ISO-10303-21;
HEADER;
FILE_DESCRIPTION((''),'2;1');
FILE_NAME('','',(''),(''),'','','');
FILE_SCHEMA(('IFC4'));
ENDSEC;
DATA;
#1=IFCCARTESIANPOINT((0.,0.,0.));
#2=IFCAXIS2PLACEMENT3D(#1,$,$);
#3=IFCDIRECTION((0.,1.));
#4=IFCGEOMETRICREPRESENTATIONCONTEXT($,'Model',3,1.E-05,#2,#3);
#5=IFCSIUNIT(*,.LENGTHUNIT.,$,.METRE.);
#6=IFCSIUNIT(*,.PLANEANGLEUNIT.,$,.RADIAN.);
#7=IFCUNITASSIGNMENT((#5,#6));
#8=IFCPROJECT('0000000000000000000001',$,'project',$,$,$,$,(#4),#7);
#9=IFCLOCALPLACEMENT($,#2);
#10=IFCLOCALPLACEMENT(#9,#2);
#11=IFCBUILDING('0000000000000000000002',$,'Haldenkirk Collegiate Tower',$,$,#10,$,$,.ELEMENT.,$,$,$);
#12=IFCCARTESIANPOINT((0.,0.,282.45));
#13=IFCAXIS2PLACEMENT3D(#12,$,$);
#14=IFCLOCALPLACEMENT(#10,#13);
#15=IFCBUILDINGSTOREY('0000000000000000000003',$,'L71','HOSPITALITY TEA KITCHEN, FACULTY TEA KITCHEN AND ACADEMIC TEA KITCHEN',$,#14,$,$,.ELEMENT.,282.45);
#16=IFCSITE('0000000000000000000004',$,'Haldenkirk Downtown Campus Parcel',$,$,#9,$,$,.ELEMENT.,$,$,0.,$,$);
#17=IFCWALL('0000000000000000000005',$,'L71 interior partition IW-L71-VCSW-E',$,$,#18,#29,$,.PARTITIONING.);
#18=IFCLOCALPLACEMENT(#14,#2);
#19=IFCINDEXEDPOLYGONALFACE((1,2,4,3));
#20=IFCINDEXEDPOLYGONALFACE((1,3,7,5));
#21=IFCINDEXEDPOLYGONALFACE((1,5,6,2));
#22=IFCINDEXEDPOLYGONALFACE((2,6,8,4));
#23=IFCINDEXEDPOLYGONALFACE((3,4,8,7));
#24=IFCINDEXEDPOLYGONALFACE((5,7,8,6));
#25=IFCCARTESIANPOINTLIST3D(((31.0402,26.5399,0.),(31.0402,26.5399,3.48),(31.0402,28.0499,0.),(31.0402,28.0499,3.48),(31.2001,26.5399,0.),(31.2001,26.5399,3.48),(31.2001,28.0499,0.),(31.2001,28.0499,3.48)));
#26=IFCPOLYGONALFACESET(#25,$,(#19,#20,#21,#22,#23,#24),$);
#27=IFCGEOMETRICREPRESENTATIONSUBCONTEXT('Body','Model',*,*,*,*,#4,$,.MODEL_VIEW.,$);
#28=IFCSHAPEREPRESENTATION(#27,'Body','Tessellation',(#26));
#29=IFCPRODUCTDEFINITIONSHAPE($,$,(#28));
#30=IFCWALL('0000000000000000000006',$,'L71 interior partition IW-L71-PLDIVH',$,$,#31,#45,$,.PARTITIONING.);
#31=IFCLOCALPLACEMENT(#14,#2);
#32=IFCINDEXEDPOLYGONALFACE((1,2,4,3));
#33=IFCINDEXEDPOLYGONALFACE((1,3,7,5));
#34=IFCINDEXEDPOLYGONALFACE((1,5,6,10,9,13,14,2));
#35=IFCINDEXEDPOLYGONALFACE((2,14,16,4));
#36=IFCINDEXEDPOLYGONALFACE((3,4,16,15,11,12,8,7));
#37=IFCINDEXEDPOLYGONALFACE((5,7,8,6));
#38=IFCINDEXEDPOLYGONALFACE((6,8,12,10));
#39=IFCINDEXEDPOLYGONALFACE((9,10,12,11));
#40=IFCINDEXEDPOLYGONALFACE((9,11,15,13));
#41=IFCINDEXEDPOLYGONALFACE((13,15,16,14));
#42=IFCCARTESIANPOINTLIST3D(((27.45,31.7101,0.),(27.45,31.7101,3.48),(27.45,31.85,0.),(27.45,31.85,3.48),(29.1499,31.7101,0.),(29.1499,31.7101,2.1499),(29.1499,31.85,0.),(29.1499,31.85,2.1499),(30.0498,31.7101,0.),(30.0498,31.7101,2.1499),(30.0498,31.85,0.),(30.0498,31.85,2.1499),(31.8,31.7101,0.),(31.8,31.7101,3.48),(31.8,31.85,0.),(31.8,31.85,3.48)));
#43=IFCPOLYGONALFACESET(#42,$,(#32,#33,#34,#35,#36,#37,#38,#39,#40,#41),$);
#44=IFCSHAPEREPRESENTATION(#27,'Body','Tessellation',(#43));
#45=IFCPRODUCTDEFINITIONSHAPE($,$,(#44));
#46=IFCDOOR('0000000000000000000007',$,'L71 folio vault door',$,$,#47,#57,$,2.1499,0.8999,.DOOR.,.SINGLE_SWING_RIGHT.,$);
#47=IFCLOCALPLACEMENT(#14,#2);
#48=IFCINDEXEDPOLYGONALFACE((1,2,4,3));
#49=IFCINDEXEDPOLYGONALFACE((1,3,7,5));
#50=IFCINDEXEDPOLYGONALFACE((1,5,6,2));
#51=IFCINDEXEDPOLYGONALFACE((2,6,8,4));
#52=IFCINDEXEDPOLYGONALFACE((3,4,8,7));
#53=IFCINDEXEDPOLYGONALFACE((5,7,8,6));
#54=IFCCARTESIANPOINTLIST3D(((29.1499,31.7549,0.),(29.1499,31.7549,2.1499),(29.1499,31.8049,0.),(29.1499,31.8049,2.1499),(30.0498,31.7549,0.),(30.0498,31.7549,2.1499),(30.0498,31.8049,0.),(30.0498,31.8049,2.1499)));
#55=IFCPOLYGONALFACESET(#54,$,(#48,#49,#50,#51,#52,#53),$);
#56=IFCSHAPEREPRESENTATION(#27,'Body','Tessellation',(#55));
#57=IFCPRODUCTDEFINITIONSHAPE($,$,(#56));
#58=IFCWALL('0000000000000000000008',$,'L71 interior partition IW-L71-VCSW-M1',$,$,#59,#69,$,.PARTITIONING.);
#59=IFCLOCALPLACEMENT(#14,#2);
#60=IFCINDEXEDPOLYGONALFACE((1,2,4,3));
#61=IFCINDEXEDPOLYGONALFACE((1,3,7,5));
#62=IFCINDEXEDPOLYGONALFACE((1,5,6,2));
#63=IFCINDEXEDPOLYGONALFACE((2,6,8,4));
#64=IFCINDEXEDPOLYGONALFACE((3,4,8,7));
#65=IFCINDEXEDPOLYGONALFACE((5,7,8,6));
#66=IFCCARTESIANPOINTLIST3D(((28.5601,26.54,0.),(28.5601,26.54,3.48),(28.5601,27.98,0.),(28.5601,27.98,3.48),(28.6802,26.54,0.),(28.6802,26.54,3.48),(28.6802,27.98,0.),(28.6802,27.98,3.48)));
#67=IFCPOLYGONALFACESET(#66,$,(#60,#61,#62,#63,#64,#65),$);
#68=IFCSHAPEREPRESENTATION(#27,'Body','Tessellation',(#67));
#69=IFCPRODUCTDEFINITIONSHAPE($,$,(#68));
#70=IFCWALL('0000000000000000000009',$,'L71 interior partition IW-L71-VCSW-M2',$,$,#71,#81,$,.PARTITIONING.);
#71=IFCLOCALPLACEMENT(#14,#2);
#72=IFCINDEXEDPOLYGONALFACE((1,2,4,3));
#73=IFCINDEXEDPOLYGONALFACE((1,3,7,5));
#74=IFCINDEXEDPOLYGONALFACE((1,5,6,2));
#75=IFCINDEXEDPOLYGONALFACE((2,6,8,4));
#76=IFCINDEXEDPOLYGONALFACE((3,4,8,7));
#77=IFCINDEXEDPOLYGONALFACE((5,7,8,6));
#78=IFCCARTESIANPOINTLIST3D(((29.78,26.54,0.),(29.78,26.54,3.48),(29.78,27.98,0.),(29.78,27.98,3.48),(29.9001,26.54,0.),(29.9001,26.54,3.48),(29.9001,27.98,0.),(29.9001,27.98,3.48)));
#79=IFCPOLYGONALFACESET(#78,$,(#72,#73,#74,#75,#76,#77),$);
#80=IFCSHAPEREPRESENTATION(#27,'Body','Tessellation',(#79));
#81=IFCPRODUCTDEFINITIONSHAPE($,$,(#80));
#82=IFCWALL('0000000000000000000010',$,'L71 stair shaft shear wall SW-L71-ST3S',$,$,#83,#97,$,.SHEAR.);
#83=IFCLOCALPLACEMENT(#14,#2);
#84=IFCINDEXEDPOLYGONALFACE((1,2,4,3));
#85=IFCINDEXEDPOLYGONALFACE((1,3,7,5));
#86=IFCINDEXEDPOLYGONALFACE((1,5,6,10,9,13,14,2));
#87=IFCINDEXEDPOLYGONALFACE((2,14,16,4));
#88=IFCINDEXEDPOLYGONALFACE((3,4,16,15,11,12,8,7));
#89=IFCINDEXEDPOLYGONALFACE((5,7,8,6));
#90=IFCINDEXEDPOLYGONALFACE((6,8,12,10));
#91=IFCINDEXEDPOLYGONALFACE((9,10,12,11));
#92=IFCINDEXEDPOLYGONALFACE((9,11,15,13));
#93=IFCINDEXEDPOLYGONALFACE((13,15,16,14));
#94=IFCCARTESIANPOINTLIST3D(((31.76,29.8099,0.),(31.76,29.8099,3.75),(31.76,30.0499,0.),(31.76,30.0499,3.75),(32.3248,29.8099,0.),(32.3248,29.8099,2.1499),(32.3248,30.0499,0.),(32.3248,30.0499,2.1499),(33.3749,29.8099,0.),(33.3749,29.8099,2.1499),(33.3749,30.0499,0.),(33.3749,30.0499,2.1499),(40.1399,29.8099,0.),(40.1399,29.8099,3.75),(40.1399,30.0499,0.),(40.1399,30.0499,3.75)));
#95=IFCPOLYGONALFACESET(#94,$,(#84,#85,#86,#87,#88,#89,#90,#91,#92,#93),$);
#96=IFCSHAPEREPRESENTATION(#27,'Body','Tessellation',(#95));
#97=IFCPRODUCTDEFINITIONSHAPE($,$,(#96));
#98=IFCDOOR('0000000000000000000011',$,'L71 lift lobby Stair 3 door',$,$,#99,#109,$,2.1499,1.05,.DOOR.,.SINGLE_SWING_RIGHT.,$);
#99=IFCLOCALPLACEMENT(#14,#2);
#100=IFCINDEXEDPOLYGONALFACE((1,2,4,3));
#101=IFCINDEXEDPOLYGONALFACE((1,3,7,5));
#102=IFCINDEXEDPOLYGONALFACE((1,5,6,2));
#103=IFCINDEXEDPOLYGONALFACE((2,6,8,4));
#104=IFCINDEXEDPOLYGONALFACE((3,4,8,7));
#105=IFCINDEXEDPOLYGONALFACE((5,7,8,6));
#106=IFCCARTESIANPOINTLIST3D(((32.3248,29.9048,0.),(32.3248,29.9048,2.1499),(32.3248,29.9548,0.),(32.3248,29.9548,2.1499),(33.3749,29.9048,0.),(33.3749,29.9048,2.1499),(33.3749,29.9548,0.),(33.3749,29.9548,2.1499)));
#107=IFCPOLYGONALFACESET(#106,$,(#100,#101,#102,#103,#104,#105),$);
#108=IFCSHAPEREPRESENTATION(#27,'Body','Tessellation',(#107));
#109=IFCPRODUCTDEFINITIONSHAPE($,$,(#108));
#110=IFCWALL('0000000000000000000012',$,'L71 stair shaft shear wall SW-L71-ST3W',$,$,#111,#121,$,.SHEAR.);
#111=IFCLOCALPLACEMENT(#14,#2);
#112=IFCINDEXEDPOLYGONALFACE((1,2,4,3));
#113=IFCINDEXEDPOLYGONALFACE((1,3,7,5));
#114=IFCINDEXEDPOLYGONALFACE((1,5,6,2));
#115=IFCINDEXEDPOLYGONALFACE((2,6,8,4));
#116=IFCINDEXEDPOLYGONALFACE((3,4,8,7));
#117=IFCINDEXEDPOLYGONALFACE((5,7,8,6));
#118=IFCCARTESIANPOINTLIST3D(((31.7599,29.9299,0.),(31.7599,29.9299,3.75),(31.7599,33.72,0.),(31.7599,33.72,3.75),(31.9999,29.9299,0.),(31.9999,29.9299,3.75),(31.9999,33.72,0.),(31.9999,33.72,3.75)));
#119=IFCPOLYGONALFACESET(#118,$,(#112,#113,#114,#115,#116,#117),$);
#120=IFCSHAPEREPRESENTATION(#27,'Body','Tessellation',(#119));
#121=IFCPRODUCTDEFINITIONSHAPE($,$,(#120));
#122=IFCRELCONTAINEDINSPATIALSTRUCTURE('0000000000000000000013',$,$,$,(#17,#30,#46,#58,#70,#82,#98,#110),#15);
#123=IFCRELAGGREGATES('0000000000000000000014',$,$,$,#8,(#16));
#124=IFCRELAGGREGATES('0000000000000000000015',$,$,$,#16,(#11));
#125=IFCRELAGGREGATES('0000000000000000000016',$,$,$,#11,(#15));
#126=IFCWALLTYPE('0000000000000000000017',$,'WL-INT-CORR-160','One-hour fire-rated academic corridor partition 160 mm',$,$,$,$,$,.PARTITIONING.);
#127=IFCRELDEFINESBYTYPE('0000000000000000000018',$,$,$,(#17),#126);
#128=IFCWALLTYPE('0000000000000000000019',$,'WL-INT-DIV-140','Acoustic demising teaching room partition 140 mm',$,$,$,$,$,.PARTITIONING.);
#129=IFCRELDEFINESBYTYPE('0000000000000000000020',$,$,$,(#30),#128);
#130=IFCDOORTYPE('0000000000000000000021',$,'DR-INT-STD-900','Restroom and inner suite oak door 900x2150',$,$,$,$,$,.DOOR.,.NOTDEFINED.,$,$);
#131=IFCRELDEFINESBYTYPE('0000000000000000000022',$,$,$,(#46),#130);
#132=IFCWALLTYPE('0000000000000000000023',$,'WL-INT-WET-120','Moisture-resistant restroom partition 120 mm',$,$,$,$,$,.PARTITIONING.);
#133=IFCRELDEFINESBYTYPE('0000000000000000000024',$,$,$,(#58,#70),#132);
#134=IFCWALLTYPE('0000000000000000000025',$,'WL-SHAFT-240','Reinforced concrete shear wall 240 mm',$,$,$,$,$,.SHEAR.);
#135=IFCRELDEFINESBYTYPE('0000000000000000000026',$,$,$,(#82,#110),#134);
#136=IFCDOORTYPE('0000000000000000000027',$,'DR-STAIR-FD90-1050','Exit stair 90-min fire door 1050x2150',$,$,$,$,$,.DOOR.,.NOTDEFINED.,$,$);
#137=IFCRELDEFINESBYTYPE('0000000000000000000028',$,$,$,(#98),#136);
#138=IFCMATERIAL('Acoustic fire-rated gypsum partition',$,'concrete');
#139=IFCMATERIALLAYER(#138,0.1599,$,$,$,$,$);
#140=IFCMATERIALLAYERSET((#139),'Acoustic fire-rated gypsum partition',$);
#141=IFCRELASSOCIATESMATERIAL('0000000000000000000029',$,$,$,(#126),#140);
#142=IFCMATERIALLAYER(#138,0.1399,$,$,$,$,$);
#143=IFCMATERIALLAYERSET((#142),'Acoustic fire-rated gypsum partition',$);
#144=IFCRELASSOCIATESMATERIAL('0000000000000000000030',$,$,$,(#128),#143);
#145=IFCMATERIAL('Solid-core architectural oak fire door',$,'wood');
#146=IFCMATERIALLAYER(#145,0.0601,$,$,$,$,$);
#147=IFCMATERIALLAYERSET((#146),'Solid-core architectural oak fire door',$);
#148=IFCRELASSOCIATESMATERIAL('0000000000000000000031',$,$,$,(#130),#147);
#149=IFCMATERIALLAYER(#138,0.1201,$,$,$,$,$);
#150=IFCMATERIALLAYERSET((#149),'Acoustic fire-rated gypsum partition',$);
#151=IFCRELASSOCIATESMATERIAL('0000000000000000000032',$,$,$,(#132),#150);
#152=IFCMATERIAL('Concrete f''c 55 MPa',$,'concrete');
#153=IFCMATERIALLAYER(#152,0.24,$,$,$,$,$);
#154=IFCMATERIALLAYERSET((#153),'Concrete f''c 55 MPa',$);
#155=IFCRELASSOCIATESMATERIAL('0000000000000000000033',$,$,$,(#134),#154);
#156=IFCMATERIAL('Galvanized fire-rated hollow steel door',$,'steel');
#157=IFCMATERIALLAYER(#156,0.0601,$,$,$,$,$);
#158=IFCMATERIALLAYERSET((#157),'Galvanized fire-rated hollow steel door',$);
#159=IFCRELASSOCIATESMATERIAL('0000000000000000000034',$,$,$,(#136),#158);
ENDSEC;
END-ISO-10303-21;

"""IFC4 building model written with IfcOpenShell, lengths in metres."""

from ifc_helpers import new_model, si_unit, direction, frame, frame_2d, origin, place, context, subcontext, project, spatial, rectangle, extrude, material, layer, layer_set, type_object, element, fill, save


model = new_model("IFC4")

# Units and contexts
model_context = context("Model", 3, precision=1e-05, world=origin(), true_north=direction((0.0, 1.0)))
body_context = subcontext(model_context, "Body", "Model", "MODEL_VIEW")
ifc_project = project(units=[si_unit("LENGTHUNIT", "METRE"), si_unit("PLANEANGLEUNIT", "RADIAN")], contexts=[model_context])

# Site, building, storey
site_placement = place(None, origin())
site = spatial("IfcSite", under=ifc_project, at=site_placement, Name="Haldenkirk Downtown Campus Parcel", CompositionType="ELEMENT", RefElevation=0.0)
building_placement = place(site_placement, origin())
building = spatial("IfcBuilding", under=site, at=building_placement, Name="Haldenkirk Collegiate Tower", CompositionType="ELEMENT")
storey_placement = place(building_placement, frame((0.0, 0.0, 282.45)))
storey = spatial("IfcBuildingStorey", under=building, at=storey_placement, Name="L71", Description="HOSPITALITY TEA KITCHEN, FACULTY TEA KITCHEN AND ACADEMIC TEA KITCHEN", CompositionType="ELEMENT", Elevation=282.45)

# Shared definitions
ifc_material_1 = material(Name="Acoustic fire-rated gypsum partition", Category="concrete")
ifc_layer_1 = layer(ifc_material_1, 0.1599)
ifc_layer_set_1 = layer_set([ifc_layer_1], Name="Acoustic fire-rated gypsum partition")
wall_type_1 = type_object("IfcWallType", Name="WL-INT-CORR-160", Description="One-hour fire-rated academic corridor partition 160 mm", PredefinedType="PARTITIONING", material=ifc_layer_set_1)
ifc_material_2 = material(Name="Solid-core architectural oak fire door", Category="wood")

# Wall
wall_1_placement = place(storey_placement, frame((31.1201, 26.54, 0.0), z_axis=(0.0, 0.0, 1.0), x_axis=(0.0, 1.0, 0.0)))
element("IfcWall", 1, at=wall_1_placement, inside=storey, type_object=wall_type_1, Name="L71 interior partition IW-L71-VCSW-E", PredefinedType="PARTITIONING", context=body_context, shape_type="SweptSolid", body=[
    extrude(rectangle(XDim=1.51, YDim=0.1599, at=frame_2d((0.7549, 0.0))), origin(), (0.0, 0.0, 1.0), 3.48),
])

# Wall, opening, door
ifc_layer_2 = layer(ifc_material_1, 0.1399)
ifc_layer_set_2 = layer_set([ifc_layer_2], Name="Acoustic fire-rated gypsum partition")
wall_type_2 = type_object("IfcWallType", Name="WL-INT-DIV-140", Description="Acoustic demising teaching room partition 140 mm", PredefinedType="PARTITIONING", material=ifc_layer_set_2)
wall_2_placement = place(storey_placement, frame((27.45, 31.78, 0.0), z_axis=(0.0, 0.0, 1.0), x_axis=(1.0, 0.0, 0.0)))
wall_2 = element("IfcWall", 2, at=wall_2_placement, inside=storey, type_object=wall_type_2, Name="L71 interior partition IW-L71-PLDIVH", PredefinedType="PARTITIONING", context=body_context, shape_type="SweptSolid", body=[
    extrude(rectangle(XDim=4.3501, YDim=0.1399, at=frame_2d((2.175, 0.0))), origin(), (0.0, 0.0, 1.0), 3.48),
])
opening_1_placement = place(wall_2_placement, frame((1.7, 0.0, 0.0)))
opening_1 = element("IfcOpeningElement", 3, at=opening_1_placement, cuts=wall_2, PredefinedType="OPENING", context=body_context, shape_type="SweptSolid", body=[
    extrude(rectangle(XDim=0.8999, YDim=2.1499, at=frame_2d((0.45, 1.075))), frame((0.0, 0.0798, 0.0), z_axis=(0.0, -1.0, 0.0), x_axis=(1.0, 0.0, 0.0)), (0.0, 0.0, 1.0), 0.1599),
])
ifc_layer_3 = layer(ifc_material_2, 0.0601)
ifc_layer_set_3 = layer_set([ifc_layer_3], Name="Solid-core architectural oak fire door")
door_type_1 = type_object("IfcDoorType", Name="DR-INT-STD-900", Description="Restroom and inner suite oak door 900x2150", OperationType="NOTDEFINED", PredefinedType="DOOR", material=ifc_layer_set_3)
door_1_placement = place(opening_1_placement, origin())
door_1 = element("IfcDoor", 4, at=door_1_placement, inside=storey, type_object=door_type_1, Name="L71 folio vault door", OperationType="SINGLE_SWING_RIGHT", OverallHeight=2.1499, OverallWidth=0.8999, PredefinedType="DOOR", context=body_context, shape_type="SweptSolid", body=[
    extrude(rectangle(XDim=0.8999, YDim=2.1499, at=frame_2d((0.45, 1.075))), frame((0.0, 0.0249, 0.0), z_axis=(0.0, -1.0, 0.0), x_axis=(1.0, 0.0, 0.0)), (0.0, 0.0, 1.0), 0.05),
])
fill(opening_1, door_1)

# Walls
ifc_layer_4 = layer(ifc_material_1, 0.1201)
ifc_layer_set_4 = layer_set([ifc_layer_4], Name="Acoustic fire-rated gypsum partition")
wall_type_3 = type_object("IfcWallType", Name="WL-INT-WET-120", Description="Moisture-resistant restroom partition 120 mm", PredefinedType="PARTITIONING", material=ifc_layer_set_4)
for number, where, z_axis, x_axis, name in (
    (5, (28.6201, 26.54, 0.0), (0.0, 0.0, 1.0), (0.0, 1.0, 0.0), "L71 interior partition IW-L71-VCSW-M1"),
    (6, (29.8401, 26.54, 0.0), (0.0, 0.0, 1.0), (0.0, 1.0, 0.0), "L71 interior partition IW-L71-VCSW-M2"),
):
    element("IfcWall", number, at=place(storey_placement, frame(where, z_axis=z_axis, x_axis=x_axis)), inside=storey, type_object=wall_type_3, Name=name, PredefinedType="PARTITIONING", context=body_context, shape_type="SweptSolid", body=[
        extrude(rectangle(XDim=1.4399, YDim=0.1201, at=frame_2d((0.72, 0.0))), origin(), (0.0, 0.0, 1.0), 3.48),
    ])

# Wall, opening, door
ifc_material_3 = material(Name="Concrete f'c 55 MPa", Category="concrete")
ifc_layer_5 = layer(ifc_material_3, 0.24)
ifc_layer_set_5 = layer_set([ifc_layer_5], Name="Concrete f'c 55 MPa")
wall_type_4 = type_object("IfcWallType", Name="WL-SHAFT-240", Description="Reinforced concrete shear wall 240 mm", PredefinedType="SHEAR", material=ifc_layer_set_5)
wall_3_placement = place(storey_placement, frame((31.76, 29.9299, 0.0), z_axis=(0.0, 0.0, 1.0), x_axis=(1.0, 0.0, 0.0)))
wall_3 = element("IfcWall", 7, at=wall_3_placement, inside=storey, type_object=wall_type_4, Name="L71 stair shaft shear wall SW-L71-ST3S", PredefinedType="SHEAR", context=body_context, shape_type="SweptSolid", body=[
    extrude(rectangle(XDim=8.3799, YDim=0.24, at=frame_2d((4.1899, 0.0))), origin(), (0.0, 0.0, 1.0), 3.75),
])
opening_2_placement = place(wall_3_placement, frame((0.5649, 0.0, 0.0)))
opening_2 = element("IfcOpeningElement", 8, at=opening_2_placement, cuts=wall_3, PredefinedType="OPENING", context=body_context, shape_type="SweptSolid", body=[
    extrude(rectangle(XDim=1.05, YDim=2.1499, at=frame_2d((0.5249, 1.075))), frame((0.0, 0.1299, 0.0), z_axis=(0.0, -1.0, 0.0), x_axis=(1.0, 0.0, 0.0)), (0.0, 0.0, 1.0), 0.26),
])
ifc_material_4 = material(Name="Galvanized fire-rated hollow steel door", Category="steel")
ifc_layer_6 = layer(ifc_material_4, 0.0601)
ifc_layer_set_6 = layer_set([ifc_layer_6], Name="Galvanized fire-rated hollow steel door")
door_type_2 = type_object("IfcDoorType", Name="DR-STAIR-FD90-1050", Description="Exit stair 90-min fire door 1050x2150", OperationType="NOTDEFINED", PredefinedType="DOOR", material=ifc_layer_set_6)
door_2_placement = place(opening_2_placement, origin())
door_2 = element("IfcDoor", 9, at=door_2_placement, inside=storey, type_object=door_type_2, Name="L71 lift lobby Stair 3 door", OperationType="SINGLE_SWING_RIGHT", OverallHeight=2.1499, OverallWidth=1.05, PredefinedType="DOOR", context=body_context, shape_type="SweptSolid", body=[
    extrude(rectangle(XDim=1.05, YDim=2.1499, at=frame_2d((0.5249, 1.075))), frame((0.0, 0.0249, 0.0), z_axis=(0.0, -1.0, 0.0), x_axis=(1.0, 0.0, 0.0)), (0.0, 0.0, 1.0), 0.05),
])
fill(opening_2, door_2)

# Wall
wall_4_placement = place(storey_placement, frame((31.8799, 29.9299, 0.0), z_axis=(0.0, 0.0, 1.0), x_axis=(0.0, 1.0, 0.0)))
element("IfcWall", 10, at=wall_4_placement, inside=storey, type_object=wall_type_4, Name="L71 stair shaft shear wall SW-L71-ST3W", PredefinedType="SHEAR", context=body_context, shape_type="SweptSolid", body=[
    extrude(rectangle(XDim=3.79, YDim=0.24, at=frame_2d((1.895, 0.0))), origin(), (0.0, 0.0, 1.0), 3.75),
])

save(model, "model.ifc")
